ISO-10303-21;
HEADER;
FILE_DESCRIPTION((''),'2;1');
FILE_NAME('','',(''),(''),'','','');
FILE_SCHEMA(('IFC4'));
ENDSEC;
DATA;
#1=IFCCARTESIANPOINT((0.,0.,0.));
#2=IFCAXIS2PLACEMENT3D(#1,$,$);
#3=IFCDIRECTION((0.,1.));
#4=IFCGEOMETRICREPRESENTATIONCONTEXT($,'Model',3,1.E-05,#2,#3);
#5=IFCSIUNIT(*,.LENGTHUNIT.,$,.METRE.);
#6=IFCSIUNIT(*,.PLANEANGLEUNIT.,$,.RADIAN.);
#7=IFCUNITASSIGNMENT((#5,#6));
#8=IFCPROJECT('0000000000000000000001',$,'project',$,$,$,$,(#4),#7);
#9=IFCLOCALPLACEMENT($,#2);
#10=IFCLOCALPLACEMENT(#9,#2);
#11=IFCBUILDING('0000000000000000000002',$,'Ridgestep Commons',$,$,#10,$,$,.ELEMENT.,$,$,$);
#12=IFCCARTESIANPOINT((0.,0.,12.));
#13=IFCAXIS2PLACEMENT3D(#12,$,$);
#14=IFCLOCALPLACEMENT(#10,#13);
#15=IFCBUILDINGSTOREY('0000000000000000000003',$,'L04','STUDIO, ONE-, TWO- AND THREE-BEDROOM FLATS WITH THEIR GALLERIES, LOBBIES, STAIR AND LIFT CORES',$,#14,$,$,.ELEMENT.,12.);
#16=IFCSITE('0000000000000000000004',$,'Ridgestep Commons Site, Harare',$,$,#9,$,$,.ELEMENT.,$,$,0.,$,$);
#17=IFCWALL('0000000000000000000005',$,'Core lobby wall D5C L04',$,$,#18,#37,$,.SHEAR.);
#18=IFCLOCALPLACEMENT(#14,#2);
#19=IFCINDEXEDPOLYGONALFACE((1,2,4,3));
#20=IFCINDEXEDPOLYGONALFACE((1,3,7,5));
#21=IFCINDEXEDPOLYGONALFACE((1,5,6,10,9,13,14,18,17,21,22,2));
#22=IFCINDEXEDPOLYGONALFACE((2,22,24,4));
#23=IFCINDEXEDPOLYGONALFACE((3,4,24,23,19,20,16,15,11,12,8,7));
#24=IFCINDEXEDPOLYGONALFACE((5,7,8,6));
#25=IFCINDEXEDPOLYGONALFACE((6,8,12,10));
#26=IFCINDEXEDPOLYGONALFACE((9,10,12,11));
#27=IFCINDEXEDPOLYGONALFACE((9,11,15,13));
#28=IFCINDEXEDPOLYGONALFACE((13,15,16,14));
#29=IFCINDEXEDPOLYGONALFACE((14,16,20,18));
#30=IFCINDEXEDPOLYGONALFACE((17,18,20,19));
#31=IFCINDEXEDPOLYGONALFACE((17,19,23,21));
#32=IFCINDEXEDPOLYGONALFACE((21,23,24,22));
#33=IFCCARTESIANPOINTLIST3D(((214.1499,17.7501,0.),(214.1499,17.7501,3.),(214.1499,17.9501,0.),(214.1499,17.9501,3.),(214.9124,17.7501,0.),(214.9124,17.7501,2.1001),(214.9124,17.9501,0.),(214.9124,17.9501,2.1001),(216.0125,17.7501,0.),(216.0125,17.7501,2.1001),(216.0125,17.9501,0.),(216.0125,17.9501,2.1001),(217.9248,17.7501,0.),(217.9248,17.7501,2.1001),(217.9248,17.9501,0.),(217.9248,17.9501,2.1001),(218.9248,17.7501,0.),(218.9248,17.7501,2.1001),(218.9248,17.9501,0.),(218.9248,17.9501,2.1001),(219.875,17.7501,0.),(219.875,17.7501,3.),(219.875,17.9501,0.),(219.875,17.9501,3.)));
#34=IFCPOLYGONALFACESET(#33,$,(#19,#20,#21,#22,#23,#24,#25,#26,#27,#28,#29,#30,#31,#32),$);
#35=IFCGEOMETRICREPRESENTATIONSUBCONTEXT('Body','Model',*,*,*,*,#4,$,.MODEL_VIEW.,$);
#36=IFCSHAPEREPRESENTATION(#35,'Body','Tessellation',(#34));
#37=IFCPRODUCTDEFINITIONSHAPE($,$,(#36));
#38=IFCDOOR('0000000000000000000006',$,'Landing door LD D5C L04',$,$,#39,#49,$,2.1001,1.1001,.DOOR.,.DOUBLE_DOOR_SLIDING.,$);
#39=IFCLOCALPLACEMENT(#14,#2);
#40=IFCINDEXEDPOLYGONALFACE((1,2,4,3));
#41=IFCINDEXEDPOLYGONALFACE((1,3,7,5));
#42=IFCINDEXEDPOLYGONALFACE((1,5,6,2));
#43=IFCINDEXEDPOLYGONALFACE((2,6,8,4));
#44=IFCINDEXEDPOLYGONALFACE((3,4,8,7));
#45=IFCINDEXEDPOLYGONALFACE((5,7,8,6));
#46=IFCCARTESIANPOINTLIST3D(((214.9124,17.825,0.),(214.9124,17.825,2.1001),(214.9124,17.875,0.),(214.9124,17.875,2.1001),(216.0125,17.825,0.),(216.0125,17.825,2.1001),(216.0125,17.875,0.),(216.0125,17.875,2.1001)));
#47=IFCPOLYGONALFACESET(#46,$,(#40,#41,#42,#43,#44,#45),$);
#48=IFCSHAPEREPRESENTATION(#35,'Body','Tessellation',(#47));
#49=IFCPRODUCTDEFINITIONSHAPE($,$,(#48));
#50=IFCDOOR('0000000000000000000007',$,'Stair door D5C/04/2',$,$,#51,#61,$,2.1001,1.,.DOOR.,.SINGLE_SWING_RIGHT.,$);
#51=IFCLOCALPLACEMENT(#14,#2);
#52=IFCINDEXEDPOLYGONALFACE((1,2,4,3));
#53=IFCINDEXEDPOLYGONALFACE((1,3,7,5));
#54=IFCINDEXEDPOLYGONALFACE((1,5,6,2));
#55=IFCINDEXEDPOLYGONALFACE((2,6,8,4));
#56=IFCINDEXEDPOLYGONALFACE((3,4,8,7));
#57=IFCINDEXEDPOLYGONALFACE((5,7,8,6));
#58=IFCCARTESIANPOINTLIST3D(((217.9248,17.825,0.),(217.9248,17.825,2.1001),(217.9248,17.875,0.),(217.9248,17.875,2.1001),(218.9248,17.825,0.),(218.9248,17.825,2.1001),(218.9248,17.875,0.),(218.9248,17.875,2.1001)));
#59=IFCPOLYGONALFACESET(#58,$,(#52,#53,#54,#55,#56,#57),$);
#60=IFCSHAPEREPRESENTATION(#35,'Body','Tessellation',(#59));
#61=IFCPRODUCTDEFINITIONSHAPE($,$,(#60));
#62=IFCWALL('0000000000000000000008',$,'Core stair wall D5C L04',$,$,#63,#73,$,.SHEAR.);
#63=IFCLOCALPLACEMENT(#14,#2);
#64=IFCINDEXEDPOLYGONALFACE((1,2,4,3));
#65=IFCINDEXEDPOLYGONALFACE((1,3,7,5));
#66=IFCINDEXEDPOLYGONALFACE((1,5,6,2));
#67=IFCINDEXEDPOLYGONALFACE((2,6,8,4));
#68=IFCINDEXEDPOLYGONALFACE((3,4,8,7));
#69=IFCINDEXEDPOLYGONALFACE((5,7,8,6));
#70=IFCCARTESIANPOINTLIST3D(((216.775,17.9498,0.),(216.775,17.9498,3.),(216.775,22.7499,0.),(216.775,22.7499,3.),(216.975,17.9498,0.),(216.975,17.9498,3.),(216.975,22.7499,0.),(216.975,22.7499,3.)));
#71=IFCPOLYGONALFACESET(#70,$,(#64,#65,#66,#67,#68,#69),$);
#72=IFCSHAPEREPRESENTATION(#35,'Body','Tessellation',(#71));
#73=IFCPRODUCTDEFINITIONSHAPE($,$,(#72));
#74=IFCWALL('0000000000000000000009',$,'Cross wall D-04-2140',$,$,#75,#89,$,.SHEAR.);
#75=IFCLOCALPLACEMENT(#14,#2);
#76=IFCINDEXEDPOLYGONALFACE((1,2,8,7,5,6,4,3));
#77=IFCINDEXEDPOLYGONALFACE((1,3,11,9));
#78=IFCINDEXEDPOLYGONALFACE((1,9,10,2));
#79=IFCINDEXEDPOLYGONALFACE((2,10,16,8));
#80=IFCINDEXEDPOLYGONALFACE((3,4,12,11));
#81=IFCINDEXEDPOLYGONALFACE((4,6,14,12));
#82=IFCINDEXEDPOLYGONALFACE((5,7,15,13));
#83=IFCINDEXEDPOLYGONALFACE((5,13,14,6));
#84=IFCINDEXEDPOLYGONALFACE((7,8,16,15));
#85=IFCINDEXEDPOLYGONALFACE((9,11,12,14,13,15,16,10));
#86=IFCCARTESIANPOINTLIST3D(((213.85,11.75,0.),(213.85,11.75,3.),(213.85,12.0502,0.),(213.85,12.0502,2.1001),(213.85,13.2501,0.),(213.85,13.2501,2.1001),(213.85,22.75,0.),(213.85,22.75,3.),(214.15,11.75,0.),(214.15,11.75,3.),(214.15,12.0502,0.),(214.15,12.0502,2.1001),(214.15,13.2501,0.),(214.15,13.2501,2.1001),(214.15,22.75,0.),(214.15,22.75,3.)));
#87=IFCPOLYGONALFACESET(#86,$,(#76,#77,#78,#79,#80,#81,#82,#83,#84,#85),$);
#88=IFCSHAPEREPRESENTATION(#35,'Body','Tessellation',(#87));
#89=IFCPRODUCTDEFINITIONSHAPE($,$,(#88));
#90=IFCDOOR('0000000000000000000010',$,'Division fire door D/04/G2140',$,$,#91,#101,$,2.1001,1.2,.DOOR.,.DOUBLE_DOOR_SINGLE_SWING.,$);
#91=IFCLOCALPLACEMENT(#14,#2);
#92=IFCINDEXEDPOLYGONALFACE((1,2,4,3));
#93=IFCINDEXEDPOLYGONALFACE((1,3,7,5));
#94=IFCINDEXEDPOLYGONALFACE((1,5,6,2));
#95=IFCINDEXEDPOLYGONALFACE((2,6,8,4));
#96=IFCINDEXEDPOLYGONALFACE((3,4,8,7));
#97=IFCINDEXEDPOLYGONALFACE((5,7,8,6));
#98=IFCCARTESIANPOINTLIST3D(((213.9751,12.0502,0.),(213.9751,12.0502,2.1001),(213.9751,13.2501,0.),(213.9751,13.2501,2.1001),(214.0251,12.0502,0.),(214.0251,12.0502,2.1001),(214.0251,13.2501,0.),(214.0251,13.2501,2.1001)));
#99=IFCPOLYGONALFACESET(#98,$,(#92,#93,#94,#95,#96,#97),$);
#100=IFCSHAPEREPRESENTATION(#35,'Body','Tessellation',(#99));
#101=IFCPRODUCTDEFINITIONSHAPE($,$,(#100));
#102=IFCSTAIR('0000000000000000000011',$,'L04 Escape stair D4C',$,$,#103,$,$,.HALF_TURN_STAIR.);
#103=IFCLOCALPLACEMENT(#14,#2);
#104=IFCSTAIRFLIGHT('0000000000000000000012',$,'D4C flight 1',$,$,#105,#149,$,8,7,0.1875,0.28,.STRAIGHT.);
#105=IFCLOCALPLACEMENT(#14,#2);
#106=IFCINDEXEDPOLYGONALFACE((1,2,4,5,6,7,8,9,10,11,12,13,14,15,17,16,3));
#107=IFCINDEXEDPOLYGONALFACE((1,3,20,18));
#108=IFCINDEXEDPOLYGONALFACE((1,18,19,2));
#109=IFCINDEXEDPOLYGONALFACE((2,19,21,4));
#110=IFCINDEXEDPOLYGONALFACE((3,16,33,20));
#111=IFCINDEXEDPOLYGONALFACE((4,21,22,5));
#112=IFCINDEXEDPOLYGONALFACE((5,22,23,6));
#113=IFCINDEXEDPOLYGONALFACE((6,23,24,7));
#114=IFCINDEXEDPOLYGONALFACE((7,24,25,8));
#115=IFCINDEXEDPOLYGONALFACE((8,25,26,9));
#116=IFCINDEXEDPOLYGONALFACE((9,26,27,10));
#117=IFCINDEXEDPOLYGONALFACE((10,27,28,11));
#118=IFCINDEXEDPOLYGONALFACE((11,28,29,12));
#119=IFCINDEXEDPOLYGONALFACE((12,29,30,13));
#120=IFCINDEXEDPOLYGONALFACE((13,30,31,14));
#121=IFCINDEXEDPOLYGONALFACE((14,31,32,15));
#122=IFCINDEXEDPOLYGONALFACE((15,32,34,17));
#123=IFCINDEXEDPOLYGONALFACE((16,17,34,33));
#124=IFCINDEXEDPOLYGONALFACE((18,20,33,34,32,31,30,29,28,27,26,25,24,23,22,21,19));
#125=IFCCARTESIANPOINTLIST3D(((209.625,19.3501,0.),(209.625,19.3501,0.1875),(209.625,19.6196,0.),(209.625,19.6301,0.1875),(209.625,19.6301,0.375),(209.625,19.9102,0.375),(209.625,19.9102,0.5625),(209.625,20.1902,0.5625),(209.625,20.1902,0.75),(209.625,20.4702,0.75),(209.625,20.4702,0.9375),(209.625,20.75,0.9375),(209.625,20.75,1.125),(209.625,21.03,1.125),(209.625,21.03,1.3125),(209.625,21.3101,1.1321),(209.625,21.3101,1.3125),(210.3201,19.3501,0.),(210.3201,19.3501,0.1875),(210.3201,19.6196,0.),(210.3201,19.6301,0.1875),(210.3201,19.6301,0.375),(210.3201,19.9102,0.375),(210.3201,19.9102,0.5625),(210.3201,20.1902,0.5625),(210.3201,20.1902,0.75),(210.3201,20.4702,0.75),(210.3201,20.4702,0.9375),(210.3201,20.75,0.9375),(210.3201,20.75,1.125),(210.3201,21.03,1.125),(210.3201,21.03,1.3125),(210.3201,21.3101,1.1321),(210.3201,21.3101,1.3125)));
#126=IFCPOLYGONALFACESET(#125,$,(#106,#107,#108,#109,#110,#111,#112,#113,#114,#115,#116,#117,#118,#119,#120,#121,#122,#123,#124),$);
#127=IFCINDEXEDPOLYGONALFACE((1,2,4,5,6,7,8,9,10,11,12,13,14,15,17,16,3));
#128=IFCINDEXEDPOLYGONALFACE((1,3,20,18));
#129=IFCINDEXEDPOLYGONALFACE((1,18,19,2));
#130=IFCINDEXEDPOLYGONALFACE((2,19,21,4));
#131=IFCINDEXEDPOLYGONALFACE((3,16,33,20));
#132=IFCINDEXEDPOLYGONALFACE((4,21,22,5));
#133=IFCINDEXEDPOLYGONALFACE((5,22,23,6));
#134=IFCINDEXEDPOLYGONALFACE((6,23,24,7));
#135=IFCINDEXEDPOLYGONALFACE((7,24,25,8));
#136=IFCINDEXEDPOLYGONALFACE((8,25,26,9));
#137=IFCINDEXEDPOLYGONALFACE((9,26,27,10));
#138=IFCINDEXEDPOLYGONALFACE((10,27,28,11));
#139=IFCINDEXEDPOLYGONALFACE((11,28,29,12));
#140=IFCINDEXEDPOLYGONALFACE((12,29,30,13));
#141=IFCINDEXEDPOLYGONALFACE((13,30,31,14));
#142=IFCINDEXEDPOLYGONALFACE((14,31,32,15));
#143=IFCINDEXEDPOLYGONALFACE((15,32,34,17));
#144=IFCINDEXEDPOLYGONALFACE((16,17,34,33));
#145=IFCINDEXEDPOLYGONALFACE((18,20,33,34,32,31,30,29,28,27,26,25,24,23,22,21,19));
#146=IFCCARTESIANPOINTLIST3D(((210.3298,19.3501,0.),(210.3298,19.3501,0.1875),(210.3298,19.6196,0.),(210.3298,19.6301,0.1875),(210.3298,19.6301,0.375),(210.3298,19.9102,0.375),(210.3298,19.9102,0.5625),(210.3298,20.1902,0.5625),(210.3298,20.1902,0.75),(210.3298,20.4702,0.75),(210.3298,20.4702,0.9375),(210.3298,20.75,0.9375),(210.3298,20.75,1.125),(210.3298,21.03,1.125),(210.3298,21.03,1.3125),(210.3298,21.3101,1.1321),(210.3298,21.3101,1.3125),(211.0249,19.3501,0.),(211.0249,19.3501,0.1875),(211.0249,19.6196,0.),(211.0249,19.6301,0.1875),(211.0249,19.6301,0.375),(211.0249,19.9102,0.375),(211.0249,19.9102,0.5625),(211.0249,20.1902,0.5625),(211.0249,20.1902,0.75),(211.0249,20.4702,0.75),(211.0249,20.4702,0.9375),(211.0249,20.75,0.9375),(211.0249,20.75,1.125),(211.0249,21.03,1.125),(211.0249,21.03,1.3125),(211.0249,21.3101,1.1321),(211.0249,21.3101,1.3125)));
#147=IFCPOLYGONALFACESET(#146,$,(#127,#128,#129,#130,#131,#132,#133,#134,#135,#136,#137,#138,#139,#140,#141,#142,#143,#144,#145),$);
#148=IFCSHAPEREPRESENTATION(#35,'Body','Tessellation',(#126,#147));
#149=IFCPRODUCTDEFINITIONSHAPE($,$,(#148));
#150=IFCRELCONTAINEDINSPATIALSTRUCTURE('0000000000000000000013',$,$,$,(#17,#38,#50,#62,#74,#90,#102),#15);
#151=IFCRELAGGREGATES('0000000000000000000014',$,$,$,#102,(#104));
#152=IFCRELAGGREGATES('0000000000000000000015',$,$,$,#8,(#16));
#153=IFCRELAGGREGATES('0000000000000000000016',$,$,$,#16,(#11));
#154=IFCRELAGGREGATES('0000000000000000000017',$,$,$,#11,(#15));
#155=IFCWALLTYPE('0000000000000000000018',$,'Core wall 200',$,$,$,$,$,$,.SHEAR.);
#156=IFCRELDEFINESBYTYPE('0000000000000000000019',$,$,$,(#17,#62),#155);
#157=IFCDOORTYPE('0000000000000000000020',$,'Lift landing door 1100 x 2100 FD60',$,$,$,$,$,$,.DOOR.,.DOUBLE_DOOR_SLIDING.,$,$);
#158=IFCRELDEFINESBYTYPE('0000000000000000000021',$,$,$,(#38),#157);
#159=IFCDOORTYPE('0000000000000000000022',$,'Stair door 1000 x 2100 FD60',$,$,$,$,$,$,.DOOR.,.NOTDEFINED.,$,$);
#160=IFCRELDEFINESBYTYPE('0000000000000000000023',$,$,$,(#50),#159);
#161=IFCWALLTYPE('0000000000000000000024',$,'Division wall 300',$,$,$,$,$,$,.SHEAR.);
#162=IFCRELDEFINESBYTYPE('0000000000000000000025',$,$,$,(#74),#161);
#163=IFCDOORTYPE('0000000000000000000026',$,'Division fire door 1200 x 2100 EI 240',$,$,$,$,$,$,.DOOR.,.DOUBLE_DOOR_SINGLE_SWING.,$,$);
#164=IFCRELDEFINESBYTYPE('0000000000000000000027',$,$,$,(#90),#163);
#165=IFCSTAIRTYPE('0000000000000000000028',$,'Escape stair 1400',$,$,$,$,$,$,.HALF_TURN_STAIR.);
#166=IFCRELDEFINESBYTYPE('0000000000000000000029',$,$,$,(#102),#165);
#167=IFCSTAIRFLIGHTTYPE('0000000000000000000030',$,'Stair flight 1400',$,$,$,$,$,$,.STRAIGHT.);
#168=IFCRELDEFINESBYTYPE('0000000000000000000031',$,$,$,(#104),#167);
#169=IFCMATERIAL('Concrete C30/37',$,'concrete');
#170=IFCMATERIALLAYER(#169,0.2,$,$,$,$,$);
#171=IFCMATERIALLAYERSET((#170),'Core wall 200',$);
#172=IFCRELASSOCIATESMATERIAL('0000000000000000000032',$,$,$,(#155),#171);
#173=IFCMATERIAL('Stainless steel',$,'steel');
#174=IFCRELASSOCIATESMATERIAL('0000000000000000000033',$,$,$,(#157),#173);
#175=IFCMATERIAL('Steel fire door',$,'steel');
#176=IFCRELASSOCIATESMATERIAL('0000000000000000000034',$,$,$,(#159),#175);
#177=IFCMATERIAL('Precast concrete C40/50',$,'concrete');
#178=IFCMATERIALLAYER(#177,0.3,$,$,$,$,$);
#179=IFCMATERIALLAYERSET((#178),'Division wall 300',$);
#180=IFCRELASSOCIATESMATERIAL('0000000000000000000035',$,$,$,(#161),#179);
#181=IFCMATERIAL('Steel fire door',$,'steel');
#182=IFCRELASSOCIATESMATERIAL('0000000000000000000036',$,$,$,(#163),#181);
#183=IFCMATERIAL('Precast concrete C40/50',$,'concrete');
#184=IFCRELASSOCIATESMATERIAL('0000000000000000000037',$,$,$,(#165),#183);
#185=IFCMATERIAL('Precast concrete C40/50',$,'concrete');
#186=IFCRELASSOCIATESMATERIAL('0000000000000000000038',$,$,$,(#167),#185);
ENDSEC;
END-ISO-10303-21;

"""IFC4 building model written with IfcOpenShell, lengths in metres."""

from ifc_helpers import new_model, si_unit, direction, frame, frame_2d, origin, place, context, subcontext, project, spatial, polyline, rectangle, outline, extrude, material, layer, layer_set, type_object, element, fill, aggregate, save


model = new_model("IFC4")

# Units and contexts
model_context = context("Model", 3, precision=1e-05, world=origin(), true_north=direction((0.0, 1.0)))
body_context = subcontext(model_context, "Body", "Model", "MODEL_VIEW")
ifc_project = project(units=[si_unit("LENGTHUNIT", "METRE"), si_unit("PLANEANGLEUNIT", "RADIAN")], contexts=[model_context])

# Site, building, storey
site_placement = place(None, origin())
site = spatial("IfcSite", under=ifc_project, at=site_placement, Name="Ridgestep Commons Site, Harare", CompositionType="ELEMENT", RefElevation=0.0)
building_placement = place(site_placement, origin())
building = spatial("IfcBuilding", under=site, at=building_placement, Name="Ridgestep Commons", CompositionType="ELEMENT")
storey_placement = place(building_placement, frame((0.0, 0.0, 12.0)))
storey = spatial("IfcBuildingStorey", under=building, at=storey_placement, Name="L04", Description="STUDIO, ONE-, TWO- AND THREE-BEDROOM FLATS WITH THEIR GALLERIES, LOBBIES, STAIR AND LIFT CORES", CompositionType="ELEMENT", Elevation=12.0)

# Shared definitions
ifc_material_1 = material(Name="Concrete C30/37", Category="concrete")
ifc_layer_1 = layer(ifc_material_1, 0.2)
ifc_layer_set_1 = layer_set([ifc_layer_1], Name="Core wall 200")
wall_type_1 = type_object("IfcWallType", Name="Core wall 200", PredefinedType="SHEAR", material=ifc_layer_set_1)

# Wall, openings, doors
wall_1_placement = place(storey_placement, frame((214.1499, 17.8501, 0.0), z_axis=(0.0, 0.0, 1.0), x_axis=(1.0, 0.0, 0.0)))
wall_1 = element("IfcWall", 1, at=wall_1_placement, inside=storey, type_object=wall_type_1, Name="Core lobby wall D5C L04", PredefinedType="SHEAR", context=body_context, shape_type="SweptSolid", body=[
    extrude(rectangle(XDim=5.7251, YDim=0.2, at=frame_2d((2.8625, 0.0))), origin(), (0.0, 0.0, 1.0), 3.0),
])
opening_1_placement = place(wall_1_placement, frame((3.7749, 0.0, 0.0)))
opening_1 = element("IfcOpeningElement", 2, at=opening_1_placement, cuts=wall_1, PredefinedType="OPENING", context=body_context, shape_type="SweptSolid", body=[
    extrude(rectangle(XDim=1.0, YDim=2.1001, at=frame_2d((0.5, 1.05))), frame((0.0, 0.1099, 0.0), z_axis=(0.0, -1.0, 0.0), x_axis=(1.0, 0.0, 0.0)), (0.0, 0.0, 1.0), 0.22),
])
opening_2_placement = place(wall_1_placement, frame((0.7625, 0.0, 0.0)))
opening_2 = element("IfcOpeningElement", 3, at=opening_2_placement, cuts=wall_1, PredefinedType="OPENING", context=body_context, shape_type="SweptSolid", body=[
    extrude(rectangle(XDim=1.1001, YDim=2.1001, at=frame_2d((0.55, 1.05))), frame((0.0, 0.1099, 0.0), z_axis=(0.0, -1.0, 0.0), x_axis=(1.0, 0.0, 0.0)), (0.0, 0.0, 1.0), 0.22),
])
ifc_material_2 = material(Name="Stainless steel", Category="steel")
door_type_1 = type_object("IfcDoorType", Name="Lift landing door 1100 x 2100 FD60", OperationType="DOUBLE_DOOR_SLIDING", PredefinedType="DOOR", material=ifc_material_2)
door_1_placement = place(opening_2_placement, origin())
door_1 = element("IfcDoor", 4, at=door_1_placement, inside=storey, type_object=door_type_1, Name="Landing door LD D5C L04", OperationType="DOUBLE_DOOR_SLIDING", OverallHeight=2.1001, OverallWidth=1.1001, PredefinedType="DOOR", context=body_context, shape_type="SweptSolid", body=[
    extrude(rectangle(XDim=1.1001, YDim=2.1001, at=frame_2d((0.55, 1.05))), frame((0.0, 0.0249, 0.0), z_axis=(0.0, -1.0, 0.0), x_axis=(1.0, 0.0, 0.0)), (0.0, 0.0, 1.0), 0.05),
])
fill(opening_2, door_1)
ifc_material_3 = material(Name="Steel fire door", Category="steel")
door_type_2 = type_object("IfcDoorType", Name="Stair door 1000 x 2100 FD60", OperationType="NOTDEFINED", PredefinedType="DOOR", material=ifc_material_3)
door_2_placement = place(opening_1_placement, origin())
door_2 = element("IfcDoor", 5, at=door_2_placement, inside=storey, type_object=door_type_2, Name="Stair door D5C/04/2", OperationType="SINGLE_SWING_RIGHT", OverallHeight=2.1001, OverallWidth=1.0, PredefinedType="DOOR", context=body_context, shape_type="SweptSolid", body=[
    extrude(rectangle(XDim=1.0, YDim=2.1001, at=frame_2d((0.5, 1.05))), frame((0.0, 0.0249, 0.0), z_axis=(0.0, -1.0, 0.0), x_axis=(1.0, 0.0, 0.0)), (0.0, 0.0, 1.0), 0.05),
])
fill(opening_1, door_2)

# Wall
wall_2_placement = place(storey_placement, frame((216.875, 17.95, 0.0), z_axis=(0.0, 0.0, 1.0), x_axis=(0.0, 1.0, 0.0)))
element("IfcWall", 6, at=wall_2_placement, inside=storey, type_object=wall_type_1, Name="Core stair wall D5C L04", PredefinedType="SHEAR", context=body_context, shape_type="SweptSolid", body=[
    extrude(rectangle(XDim=4.8, YDim=0.2, at=frame_2d((2.3999, 0.0))), origin(), (0.0, 0.0, 1.0), 3.0),
])

# Wall, opening, door
ifc_material_4 = material(Name="Precast concrete C40/50", Category="concrete")
ifc_layer_2 = layer(ifc_material_4, 0.3)
ifc_layer_set_2 = layer_set([ifc_layer_2], Name="Division wall 300")
wall_type_2 = type_object("IfcWallType", Name="Division wall 300", PredefinedType="SHEAR", material=ifc_layer_set_2)
wall_3_placement = place(storey_placement, frame((214.0, 11.75, 0.0), z_axis=(0.0, 0.0, 1.0), x_axis=(0.0, 1.0, 0.0)))
wall_3 = element("IfcWall", 7, at=wall_3_placement, inside=storey, type_object=wall_type_2, Name="Cross wall D-04-2140", PredefinedType="SHEAR", context=body_context, shape_type="SweptSolid", body=[
    extrude(rectangle(XDim=11.0, YDim=0.3, at=frame_2d((5.5, 0.0))), origin(), (0.0, 0.0, 1.0), 3.0),
])
opening_3_placement = place(wall_3_placement, frame((0.3, 0.0, 0.0)))
opening_3 = element("IfcOpeningElement", 8, at=opening_3_placement, cuts=wall_3, PredefinedType="OPENING", context=body_context, shape_type="SweptSolid", body=[
    extrude(rectangle(XDim=1.2, YDim=2.1001, at=frame_2d((0.6001, 1.05))), frame((0.0, 0.1599, 0.0), z_axis=(0.0, -1.0, 0.0), x_axis=(1.0, 0.0, 0.0)), (0.0, 0.0, 1.0), 0.3201),
])
ifc_material_5 = material(Name="Steel fire door", Category="steel")
door_type_3 = type_object("IfcDoorType", Name="Division fire door 1200 x 2100 EI 240", OperationType="DOUBLE_DOOR_SINGLE_SWING", PredefinedType="DOOR", material=ifc_material_5)
door_3_placement = place(opening_3_placement, origin())
door_3 = element("IfcDoor", 9, at=door_3_placement, inside=storey, type_object=door_type_3, Name="Division fire door D/04/G2140", OperationType="DOUBLE_DOOR_SINGLE_SWING", OverallHeight=2.1001, OverallWidth=1.2, PredefinedType="DOOR", context=body_context, shape_type="SweptSolid", body=[
    extrude(rectangle(XDim=1.2, YDim=2.1001, at=frame_2d((0.6001, 1.05))), frame((0.0, 0.0249, 0.0), z_axis=(0.0, -1.0, 0.0), x_axis=(1.0, 0.0, 0.0)), (0.0, 0.0, 1.0), 0.05),
])
fill(opening_3, door_3)

# Stair, stair flight
ifc_material_6 = material(Name="Precast concrete C40/50", Category="concrete")
stair_type = type_object("IfcStairType", Name="Escape stair 1400", PredefinedType="HALF_TURN_STAIR", material=ifc_material_6)
stair_placement = place(storey_placement, origin())
stair = element("IfcStair", 10, at=stair_placement, inside=storey, type_object=stair_type, Name="L04 Escape stair D4C", PredefinedType="HALF_TURN_STAIR")
ifc_material_7 = material(Name="Precast concrete C40/50", Category="concrete")
stair_flight_type = type_object("IfcStairFlightType", Name="Stair flight 1400", PredefinedType="STRAIGHT", material=ifc_material_7)
stair_flight_placement = place(storey_placement, frame((210.325, 19.3501, 0.0), z_axis=(0.0, 0.0, 1.0), x_axis=(0.0, 1.0, 0.0)))
stair_flight = element("IfcStairFlight", 11, at=stair_flight_placement, type_object=stair_flight_type, Name="D4C flight 1", NumberOfRisers=8, NumberOfTreads=7, PredefinedType="STRAIGHT", RiserHeight=0.1875, TreadLength=0.28, context=body_context, shape_type="SweptSolid", body=[
    extrude(outline(polyline([(0.0, 0.0), (0.0, 0.1875), (0.28, 0.1875), (0.28, 0.375), (0.5601, 0.375), (0.5601, 0.5625), (0.8401, 0.5625), (0.8401, 0.75), (1.1201, 0.75), (1.1201, 0.9375), (1.3999, 0.9375), (1.3999, 1.125), (1.6799, 1.125), (1.6799, 1.3125), (1.96, 1.3125), (1.96, 1.5), (1.96, 1.1321), (0.2695, 0.0), (0.0, 0.0)])), frame((0.0, 0.7, 0.0), z_axis=(0.0, -1.0, 0.0), x_axis=(1.0, 0.0, 0.0)), (0.0, 0.0, 1.0), 0.6951),
    extrude(outline(polyline([(0.0, 0.0), (0.0, 0.1875), (0.28, 0.1875), (0.28, 0.375), (0.5601, 0.375), (0.5601, 0.5625), (0.8401, 0.5625), (0.8401, 0.75), (1.1201, 0.75), (1.1201, 0.9375), (1.3999, 0.9375), (1.3999, 1.125), (1.6799, 1.125), (1.6799, 1.3125), (1.96, 1.3125), (1.96, 1.5), (1.96, 1.1321), (0.2695, 0.0), (0.0, 0.0)])), frame((0.0, -0.0049, 0.0), z_axis=(0.0, -1.0, 0.0), x_axis=(1.0, 0.0, 0.0)), (0.0, 0.0, 1.0), 0.6951),
])
aggregate(stair, [stair_flight])

save(model, "model.ifc")
